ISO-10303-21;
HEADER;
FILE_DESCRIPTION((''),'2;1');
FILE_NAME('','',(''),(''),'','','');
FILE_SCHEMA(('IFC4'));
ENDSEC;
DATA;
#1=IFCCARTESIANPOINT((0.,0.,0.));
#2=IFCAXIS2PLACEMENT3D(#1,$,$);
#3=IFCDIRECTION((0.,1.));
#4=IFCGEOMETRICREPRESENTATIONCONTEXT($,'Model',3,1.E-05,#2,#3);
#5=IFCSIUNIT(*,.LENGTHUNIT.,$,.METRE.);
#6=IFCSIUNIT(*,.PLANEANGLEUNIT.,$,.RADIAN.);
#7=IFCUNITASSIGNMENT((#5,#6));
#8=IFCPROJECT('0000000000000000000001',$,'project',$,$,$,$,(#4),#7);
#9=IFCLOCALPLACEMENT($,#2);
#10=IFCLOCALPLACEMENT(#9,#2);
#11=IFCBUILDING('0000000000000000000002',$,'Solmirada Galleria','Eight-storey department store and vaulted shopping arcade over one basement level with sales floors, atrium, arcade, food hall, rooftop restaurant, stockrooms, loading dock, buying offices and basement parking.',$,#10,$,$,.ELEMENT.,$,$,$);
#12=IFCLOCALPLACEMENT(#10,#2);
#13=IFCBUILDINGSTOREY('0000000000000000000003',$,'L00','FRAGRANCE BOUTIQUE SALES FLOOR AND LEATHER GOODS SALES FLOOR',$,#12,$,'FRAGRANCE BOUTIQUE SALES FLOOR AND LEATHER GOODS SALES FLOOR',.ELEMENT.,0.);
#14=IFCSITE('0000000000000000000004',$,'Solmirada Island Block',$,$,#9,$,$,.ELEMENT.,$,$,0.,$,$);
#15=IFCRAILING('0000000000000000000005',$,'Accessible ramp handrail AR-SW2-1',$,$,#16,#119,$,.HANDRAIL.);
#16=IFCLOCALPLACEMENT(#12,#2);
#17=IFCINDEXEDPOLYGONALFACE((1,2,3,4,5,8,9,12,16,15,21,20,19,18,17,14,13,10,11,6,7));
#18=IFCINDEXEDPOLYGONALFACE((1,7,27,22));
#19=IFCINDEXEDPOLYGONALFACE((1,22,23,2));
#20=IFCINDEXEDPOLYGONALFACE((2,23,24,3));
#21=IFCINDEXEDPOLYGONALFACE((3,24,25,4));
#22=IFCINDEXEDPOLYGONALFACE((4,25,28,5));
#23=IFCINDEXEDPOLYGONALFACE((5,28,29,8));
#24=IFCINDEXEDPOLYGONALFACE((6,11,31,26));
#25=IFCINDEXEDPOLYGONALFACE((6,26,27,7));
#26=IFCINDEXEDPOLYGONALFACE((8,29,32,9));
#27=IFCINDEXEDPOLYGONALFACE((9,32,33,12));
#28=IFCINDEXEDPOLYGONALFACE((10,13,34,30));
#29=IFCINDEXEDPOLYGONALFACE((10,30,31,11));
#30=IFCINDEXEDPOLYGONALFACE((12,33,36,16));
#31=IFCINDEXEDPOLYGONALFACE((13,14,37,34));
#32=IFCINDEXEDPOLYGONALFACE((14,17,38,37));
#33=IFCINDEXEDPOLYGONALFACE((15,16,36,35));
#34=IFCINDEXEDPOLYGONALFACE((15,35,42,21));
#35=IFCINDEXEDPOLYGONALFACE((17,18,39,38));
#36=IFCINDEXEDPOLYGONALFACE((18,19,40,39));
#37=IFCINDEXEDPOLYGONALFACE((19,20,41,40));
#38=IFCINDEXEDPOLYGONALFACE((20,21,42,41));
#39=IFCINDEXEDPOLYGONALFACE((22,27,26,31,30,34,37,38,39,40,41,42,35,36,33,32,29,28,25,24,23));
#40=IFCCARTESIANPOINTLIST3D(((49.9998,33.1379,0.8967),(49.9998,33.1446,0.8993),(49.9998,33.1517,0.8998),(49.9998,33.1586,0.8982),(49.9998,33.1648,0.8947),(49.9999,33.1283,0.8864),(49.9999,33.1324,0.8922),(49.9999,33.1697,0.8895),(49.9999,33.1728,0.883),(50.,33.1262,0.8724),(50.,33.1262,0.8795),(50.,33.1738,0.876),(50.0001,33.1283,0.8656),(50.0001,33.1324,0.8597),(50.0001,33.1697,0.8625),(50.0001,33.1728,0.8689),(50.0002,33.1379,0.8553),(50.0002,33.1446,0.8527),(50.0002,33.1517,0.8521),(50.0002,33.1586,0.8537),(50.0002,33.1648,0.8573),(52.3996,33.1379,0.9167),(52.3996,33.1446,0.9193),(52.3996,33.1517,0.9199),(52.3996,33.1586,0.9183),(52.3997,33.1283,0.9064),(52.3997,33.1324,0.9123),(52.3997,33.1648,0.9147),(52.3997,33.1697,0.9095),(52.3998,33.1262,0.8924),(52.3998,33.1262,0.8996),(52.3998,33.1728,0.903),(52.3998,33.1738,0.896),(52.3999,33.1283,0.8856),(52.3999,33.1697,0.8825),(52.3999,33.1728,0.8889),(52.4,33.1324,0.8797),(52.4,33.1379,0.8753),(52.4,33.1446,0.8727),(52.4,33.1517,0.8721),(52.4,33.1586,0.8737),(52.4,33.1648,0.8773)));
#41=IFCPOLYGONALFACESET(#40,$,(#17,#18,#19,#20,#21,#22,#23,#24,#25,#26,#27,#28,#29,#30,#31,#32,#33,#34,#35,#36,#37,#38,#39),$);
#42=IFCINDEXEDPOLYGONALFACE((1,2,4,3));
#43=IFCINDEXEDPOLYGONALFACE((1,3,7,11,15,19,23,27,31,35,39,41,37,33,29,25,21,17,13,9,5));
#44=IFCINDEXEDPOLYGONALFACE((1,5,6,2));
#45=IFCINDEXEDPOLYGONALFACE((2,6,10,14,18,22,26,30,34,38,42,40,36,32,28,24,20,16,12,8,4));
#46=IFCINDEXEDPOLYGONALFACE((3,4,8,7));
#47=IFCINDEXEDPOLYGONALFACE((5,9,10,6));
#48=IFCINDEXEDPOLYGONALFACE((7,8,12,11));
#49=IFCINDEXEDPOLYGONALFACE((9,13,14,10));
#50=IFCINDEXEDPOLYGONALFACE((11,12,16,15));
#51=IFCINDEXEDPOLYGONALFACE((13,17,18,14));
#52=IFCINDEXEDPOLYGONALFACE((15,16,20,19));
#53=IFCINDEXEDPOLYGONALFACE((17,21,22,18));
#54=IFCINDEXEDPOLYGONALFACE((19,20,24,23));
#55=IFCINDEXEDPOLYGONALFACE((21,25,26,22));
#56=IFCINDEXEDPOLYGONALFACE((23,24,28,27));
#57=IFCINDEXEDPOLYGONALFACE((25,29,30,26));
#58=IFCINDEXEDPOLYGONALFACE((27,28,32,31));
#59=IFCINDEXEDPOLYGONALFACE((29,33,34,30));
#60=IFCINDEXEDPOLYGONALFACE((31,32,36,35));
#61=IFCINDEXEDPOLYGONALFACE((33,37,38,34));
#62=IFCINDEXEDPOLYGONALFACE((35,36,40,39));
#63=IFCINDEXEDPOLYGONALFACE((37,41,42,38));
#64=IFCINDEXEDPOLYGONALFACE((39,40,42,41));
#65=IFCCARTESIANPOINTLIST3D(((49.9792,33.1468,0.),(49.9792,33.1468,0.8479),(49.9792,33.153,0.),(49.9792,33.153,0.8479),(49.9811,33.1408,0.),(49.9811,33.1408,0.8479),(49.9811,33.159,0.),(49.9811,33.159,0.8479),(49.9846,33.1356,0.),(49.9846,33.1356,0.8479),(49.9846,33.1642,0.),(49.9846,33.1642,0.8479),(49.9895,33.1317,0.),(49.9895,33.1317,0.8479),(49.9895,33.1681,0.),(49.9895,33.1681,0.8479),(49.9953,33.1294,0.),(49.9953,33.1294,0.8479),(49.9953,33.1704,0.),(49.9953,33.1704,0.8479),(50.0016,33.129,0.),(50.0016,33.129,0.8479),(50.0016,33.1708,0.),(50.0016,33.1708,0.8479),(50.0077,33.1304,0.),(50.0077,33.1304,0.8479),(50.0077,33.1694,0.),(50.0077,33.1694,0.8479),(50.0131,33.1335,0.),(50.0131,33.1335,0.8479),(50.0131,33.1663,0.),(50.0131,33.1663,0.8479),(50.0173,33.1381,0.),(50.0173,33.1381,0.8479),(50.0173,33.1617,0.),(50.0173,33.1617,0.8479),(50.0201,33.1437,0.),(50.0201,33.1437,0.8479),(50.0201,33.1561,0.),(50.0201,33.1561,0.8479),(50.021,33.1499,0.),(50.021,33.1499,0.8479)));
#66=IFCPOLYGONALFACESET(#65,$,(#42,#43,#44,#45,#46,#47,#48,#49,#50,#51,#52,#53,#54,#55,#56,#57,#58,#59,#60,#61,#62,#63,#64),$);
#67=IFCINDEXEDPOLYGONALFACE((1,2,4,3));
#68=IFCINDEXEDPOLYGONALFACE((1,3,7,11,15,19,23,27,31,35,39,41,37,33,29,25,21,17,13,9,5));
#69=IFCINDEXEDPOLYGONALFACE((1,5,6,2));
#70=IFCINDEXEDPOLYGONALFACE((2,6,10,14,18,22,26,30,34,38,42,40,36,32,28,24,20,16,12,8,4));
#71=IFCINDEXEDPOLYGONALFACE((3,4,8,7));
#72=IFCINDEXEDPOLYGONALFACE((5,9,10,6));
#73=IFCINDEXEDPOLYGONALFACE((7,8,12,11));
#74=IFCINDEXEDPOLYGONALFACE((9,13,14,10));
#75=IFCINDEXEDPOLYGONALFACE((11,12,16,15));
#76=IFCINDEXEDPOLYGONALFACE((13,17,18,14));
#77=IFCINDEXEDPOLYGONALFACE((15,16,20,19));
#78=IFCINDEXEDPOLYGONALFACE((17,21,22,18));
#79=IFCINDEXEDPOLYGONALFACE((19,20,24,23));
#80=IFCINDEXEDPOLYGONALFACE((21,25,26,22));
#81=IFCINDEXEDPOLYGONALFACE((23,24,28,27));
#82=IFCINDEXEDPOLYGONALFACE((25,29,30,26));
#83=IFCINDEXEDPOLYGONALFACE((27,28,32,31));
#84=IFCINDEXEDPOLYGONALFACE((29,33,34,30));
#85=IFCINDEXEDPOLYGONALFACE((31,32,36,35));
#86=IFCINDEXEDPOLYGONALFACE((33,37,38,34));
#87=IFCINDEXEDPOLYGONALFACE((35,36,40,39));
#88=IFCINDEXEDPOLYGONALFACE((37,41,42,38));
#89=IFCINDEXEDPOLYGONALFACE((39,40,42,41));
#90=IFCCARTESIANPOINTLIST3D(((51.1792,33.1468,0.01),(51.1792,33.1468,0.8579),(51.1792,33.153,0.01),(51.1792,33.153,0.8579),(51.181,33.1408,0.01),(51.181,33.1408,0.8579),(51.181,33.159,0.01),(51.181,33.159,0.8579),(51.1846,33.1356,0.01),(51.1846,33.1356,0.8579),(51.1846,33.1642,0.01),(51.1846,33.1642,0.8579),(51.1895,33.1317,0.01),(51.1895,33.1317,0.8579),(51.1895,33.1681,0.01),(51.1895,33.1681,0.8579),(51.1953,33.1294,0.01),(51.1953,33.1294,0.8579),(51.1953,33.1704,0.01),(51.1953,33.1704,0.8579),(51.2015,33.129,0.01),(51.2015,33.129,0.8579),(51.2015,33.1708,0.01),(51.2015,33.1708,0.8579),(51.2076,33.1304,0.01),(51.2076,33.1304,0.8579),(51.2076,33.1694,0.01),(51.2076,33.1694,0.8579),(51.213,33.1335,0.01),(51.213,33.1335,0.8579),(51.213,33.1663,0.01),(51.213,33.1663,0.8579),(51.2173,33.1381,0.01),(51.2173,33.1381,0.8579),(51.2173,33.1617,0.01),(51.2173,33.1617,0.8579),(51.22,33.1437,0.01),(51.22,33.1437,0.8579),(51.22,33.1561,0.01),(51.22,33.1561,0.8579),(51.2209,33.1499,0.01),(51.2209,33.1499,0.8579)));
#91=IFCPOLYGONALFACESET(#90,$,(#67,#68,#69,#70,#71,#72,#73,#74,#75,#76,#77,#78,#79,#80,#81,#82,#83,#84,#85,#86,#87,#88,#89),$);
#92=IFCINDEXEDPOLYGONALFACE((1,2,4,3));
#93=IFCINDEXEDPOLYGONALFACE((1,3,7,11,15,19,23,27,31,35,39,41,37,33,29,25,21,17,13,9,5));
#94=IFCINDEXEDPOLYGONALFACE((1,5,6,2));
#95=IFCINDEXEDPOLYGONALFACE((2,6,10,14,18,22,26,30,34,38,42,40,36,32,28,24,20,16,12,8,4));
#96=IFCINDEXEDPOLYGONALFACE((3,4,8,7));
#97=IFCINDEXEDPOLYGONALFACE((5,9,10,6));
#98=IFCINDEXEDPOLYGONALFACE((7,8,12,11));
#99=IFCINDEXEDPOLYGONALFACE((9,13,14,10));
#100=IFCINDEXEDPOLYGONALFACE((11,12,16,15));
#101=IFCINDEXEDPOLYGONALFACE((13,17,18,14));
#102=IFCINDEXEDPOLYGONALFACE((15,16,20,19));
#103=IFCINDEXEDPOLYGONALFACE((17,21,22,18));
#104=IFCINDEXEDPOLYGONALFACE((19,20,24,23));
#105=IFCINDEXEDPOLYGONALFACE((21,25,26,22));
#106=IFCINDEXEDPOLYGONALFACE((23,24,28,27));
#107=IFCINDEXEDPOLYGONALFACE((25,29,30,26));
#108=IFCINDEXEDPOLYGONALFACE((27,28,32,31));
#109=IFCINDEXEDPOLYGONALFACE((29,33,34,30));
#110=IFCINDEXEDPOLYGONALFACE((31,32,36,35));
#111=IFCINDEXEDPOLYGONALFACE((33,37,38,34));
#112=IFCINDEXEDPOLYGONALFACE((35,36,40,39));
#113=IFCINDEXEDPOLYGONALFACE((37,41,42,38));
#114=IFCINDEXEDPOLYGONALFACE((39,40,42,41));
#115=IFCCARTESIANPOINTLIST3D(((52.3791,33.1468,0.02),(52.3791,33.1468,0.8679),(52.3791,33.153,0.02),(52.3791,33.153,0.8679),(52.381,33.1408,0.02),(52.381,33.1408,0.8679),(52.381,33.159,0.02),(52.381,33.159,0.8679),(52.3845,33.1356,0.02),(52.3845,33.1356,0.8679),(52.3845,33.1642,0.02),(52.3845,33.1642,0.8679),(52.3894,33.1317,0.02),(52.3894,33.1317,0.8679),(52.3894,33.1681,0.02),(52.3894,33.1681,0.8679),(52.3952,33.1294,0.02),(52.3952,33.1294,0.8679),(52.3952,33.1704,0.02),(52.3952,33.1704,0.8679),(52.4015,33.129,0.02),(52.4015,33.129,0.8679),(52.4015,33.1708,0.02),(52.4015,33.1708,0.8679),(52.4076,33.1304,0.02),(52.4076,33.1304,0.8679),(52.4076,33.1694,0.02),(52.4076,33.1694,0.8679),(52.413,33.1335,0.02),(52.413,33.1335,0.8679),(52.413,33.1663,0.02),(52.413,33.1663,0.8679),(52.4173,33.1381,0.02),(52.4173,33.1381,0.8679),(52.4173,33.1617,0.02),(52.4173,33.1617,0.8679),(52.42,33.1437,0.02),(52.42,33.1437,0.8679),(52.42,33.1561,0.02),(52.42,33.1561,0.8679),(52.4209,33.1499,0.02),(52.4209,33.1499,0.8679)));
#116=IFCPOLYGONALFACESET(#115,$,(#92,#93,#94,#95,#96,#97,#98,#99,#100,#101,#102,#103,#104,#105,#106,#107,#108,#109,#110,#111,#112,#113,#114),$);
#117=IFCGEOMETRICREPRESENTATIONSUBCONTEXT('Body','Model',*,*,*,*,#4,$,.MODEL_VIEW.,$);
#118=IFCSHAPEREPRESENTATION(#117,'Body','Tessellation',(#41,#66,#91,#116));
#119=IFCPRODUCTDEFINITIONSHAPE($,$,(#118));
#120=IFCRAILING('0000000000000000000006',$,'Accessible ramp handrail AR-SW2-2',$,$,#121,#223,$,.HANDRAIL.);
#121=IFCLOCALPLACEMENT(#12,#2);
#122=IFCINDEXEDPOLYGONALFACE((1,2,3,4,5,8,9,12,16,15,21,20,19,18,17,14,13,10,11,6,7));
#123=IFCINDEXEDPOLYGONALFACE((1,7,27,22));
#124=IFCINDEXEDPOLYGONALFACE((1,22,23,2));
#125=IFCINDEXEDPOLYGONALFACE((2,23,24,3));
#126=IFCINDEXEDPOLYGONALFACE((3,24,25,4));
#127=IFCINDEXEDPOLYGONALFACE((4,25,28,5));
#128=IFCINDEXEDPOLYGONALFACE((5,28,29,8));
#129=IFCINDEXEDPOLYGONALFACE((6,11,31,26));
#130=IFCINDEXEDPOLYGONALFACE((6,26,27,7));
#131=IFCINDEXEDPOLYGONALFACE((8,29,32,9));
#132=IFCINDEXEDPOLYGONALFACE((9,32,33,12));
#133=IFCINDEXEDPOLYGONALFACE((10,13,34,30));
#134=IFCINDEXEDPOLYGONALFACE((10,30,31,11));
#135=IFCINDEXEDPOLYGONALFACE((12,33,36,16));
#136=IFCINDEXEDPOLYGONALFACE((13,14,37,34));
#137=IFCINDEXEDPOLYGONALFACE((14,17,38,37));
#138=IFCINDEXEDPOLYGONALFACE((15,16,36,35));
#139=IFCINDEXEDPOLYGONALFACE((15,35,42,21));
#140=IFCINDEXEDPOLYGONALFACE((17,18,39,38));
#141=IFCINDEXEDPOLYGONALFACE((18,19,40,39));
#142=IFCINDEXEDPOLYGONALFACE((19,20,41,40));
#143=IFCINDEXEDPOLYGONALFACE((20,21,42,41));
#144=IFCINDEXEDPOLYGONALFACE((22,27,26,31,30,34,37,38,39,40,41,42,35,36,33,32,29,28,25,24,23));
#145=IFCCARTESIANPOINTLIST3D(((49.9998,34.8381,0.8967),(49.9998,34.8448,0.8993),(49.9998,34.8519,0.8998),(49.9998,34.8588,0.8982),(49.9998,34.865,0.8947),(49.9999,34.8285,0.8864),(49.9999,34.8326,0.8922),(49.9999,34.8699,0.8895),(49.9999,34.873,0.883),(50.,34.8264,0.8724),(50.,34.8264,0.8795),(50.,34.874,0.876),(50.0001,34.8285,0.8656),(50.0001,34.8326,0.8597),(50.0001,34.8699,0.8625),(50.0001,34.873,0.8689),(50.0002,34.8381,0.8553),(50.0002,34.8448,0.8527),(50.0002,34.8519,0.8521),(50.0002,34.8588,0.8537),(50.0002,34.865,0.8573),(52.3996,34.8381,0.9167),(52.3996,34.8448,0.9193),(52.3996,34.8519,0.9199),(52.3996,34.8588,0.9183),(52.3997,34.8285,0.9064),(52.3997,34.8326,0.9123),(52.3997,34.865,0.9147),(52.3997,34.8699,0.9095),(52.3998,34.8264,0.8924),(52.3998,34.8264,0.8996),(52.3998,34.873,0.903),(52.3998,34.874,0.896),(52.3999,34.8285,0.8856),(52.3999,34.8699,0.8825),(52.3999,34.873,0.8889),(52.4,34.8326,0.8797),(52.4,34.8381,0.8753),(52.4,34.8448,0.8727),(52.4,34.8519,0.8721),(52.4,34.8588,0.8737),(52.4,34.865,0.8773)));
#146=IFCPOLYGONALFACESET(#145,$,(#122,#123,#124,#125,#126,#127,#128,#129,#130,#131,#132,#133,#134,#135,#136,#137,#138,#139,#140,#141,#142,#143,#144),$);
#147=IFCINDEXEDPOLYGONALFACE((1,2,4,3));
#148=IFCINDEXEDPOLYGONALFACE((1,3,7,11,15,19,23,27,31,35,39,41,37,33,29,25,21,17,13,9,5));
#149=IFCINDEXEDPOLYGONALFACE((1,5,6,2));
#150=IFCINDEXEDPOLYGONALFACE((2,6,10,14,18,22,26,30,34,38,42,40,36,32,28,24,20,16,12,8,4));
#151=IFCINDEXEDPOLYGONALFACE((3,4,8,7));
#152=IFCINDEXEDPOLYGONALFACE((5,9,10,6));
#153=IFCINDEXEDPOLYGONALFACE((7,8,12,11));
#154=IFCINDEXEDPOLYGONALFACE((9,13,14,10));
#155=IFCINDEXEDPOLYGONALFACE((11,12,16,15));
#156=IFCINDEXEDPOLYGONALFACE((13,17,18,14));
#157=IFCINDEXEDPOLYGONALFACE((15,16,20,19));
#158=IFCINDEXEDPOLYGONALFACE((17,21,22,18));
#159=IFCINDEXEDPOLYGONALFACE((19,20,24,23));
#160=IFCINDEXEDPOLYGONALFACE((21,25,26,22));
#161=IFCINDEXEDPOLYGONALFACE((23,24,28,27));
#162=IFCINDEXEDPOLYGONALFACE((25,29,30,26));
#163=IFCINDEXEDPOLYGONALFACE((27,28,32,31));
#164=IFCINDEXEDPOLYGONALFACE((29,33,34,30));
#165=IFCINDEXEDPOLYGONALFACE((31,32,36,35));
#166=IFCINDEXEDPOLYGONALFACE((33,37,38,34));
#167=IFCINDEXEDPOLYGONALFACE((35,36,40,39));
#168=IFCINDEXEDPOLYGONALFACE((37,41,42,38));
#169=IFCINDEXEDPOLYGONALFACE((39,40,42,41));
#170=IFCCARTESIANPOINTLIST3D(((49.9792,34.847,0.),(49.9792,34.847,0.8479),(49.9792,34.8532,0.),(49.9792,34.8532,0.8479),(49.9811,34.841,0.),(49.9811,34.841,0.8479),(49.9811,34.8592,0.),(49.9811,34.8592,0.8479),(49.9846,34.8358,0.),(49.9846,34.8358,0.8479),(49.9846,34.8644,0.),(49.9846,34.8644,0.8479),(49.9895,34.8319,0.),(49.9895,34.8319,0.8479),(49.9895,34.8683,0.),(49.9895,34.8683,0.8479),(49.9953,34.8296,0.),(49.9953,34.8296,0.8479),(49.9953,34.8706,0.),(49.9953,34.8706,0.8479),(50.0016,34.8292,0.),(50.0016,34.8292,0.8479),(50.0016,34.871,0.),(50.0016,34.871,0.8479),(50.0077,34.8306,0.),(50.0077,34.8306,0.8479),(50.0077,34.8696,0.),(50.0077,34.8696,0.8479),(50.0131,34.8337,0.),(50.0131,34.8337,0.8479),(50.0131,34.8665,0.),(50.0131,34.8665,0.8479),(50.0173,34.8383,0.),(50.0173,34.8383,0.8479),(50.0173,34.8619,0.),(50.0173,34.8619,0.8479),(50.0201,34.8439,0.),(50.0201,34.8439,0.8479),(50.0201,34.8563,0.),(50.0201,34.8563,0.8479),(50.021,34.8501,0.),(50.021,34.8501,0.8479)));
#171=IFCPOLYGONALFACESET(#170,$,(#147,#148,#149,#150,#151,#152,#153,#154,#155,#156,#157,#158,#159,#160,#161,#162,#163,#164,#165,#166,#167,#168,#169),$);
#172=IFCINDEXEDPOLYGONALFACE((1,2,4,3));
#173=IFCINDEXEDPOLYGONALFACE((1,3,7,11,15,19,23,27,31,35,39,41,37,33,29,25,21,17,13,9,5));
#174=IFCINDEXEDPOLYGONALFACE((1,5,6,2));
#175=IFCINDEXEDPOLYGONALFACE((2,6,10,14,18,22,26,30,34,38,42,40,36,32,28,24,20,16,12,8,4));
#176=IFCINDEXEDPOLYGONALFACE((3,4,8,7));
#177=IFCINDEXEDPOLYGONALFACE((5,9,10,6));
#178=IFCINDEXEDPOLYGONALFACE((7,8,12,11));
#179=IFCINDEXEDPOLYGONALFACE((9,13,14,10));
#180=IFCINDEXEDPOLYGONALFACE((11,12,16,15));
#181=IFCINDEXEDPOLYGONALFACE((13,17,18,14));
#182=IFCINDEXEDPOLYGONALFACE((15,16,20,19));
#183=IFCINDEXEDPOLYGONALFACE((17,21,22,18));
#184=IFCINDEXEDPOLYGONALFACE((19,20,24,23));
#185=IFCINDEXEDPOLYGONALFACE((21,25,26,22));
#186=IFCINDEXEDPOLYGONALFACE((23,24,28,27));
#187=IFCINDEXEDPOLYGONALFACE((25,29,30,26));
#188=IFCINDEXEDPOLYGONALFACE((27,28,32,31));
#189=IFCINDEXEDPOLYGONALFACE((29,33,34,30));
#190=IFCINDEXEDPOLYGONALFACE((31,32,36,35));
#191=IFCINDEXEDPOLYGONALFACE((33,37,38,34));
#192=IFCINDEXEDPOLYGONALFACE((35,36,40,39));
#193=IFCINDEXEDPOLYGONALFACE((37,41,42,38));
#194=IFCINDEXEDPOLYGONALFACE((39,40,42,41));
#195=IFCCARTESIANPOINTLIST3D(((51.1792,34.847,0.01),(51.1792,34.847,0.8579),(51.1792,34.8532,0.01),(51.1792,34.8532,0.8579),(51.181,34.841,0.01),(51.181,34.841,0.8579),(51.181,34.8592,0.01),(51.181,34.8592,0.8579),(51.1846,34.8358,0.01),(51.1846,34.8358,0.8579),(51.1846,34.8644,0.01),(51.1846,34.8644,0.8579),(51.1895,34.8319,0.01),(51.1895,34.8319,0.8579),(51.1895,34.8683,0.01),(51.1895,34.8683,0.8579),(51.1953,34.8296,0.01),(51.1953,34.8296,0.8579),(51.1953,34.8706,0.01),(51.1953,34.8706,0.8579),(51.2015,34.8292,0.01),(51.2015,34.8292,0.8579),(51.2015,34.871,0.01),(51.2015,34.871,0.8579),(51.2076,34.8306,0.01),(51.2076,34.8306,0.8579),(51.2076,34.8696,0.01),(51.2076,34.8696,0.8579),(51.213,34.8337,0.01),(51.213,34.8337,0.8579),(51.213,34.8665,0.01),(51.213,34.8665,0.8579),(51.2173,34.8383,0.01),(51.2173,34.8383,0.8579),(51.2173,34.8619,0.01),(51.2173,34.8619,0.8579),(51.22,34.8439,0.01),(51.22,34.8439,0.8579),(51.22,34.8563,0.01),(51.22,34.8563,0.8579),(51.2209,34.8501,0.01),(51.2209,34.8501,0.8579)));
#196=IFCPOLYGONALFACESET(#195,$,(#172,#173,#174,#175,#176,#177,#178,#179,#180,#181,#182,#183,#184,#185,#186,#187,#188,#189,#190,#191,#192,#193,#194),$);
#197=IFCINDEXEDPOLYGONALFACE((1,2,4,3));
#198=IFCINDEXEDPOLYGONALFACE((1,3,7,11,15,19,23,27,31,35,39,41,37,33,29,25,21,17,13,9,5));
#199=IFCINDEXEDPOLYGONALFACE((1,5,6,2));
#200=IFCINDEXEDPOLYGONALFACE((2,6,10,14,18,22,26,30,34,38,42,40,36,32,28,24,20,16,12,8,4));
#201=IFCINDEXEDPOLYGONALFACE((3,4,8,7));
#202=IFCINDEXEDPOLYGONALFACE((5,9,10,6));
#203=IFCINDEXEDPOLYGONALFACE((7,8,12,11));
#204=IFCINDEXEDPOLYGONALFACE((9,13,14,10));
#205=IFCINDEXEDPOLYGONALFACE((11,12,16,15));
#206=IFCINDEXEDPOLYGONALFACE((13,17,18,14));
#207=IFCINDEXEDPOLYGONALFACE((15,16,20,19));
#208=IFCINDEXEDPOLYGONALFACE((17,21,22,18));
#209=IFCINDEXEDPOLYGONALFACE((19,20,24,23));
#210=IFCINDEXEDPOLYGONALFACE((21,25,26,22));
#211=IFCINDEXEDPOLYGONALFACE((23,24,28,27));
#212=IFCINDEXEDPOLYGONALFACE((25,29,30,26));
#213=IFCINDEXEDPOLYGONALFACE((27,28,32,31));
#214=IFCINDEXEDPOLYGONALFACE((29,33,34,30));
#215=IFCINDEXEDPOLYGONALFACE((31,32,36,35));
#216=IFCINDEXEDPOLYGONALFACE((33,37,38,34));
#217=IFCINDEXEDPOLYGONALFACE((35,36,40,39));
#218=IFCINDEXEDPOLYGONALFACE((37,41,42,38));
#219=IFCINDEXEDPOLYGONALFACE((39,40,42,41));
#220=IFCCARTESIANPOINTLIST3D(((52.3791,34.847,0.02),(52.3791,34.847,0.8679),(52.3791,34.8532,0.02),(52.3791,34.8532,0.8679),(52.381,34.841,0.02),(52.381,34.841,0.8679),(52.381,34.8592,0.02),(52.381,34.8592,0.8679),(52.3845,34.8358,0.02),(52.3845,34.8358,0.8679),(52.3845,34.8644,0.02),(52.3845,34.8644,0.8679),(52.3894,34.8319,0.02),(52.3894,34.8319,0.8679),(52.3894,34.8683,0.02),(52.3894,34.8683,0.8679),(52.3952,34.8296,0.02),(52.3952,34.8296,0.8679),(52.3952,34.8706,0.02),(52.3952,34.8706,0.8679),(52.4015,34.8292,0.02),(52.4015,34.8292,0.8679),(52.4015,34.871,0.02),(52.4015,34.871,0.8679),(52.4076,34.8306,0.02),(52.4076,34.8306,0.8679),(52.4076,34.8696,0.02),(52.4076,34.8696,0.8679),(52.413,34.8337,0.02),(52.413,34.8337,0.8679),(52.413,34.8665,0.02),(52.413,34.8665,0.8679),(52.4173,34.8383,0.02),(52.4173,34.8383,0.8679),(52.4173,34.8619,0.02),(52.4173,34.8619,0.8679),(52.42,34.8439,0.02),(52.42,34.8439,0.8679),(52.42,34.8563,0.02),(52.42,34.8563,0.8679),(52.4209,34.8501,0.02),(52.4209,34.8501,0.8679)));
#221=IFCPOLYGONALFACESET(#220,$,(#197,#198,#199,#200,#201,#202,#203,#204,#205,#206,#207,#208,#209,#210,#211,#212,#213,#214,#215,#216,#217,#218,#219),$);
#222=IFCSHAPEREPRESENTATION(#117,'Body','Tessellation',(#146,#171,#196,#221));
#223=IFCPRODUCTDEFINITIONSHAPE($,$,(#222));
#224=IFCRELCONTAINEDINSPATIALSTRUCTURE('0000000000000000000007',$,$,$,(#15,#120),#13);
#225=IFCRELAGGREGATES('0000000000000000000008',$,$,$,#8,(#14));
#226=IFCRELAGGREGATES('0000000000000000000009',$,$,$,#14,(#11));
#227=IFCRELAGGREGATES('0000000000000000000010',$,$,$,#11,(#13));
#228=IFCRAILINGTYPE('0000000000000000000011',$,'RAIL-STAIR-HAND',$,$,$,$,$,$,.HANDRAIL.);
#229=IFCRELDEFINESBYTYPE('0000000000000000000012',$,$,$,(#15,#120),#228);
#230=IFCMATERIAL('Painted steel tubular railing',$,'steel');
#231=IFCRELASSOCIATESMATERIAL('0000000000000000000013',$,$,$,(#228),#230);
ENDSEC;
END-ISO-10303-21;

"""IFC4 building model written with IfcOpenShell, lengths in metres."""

from ifc_helpers import new_model, si_unit, direction, frame, origin, origin_2d, place, context, subcontext, project, spatial, circle, extrude, material, type_object, element, save


model = new_model("IFC4")

# Units and contexts
model_context = context("Model", 3, precision=1e-05, world=origin(), true_north=direction((0.0, 1.0)))
body_context = subcontext(model_context, "Body", "Model", "MODEL_VIEW")
ifc_project = project(units=[si_unit("LENGTHUNIT", "METRE"), si_unit("PLANEANGLEUNIT", "RADIAN")], contexts=[model_context])

# Site, building, storey
site_placement = place(None, origin())
site = spatial("IfcSite", under=ifc_project, at=site_placement, Name="Solmirada Island Block", CompositionType="ELEMENT", RefElevation=0.0)
building_placement = place(site_placement, origin())
building = spatial("IfcBuilding", under=site, at=building_placement, Name="Solmirada Galleria", Description="Eight-storey department store and vaulted shopping arcade over one basement level with sales floors, atrium, arcade, food hall, rooftop restaurant, stockrooms, loading dock, buying offices and basement parking.", CompositionType="ELEMENT")
storey_placement = place(building_placement, origin())
storey = spatial("IfcBuildingStorey", under=building, at=storey_placement, Name="L00", Description="FRAGRANCE BOUTIQUE SALES FLOOR AND LEATHER GOODS SALES FLOOR", LongName="FRAGRANCE BOUTIQUE SALES FLOOR AND LEATHER GOODS SALES FLOOR", CompositionType="ELEMENT", Elevation=0.0)

# Railings
ifc_material_1 = material(Name="Painted steel tubular railing", Category="steel")
railing_type = type_object("IfcRailingType", Name="RAIL-STAIR-HAND", PredefinedType="HANDRAIL", material=ifc_material_1)
for number, where, name in (
    (1, (50.0, 33.1499, 0.0), "Accessible ramp handrail AR-SW2-1"),
    (2, (50.0, 34.8501, 0.0), "Accessible ramp handrail AR-SW2-2"),
):
    element("IfcRailing", number, at=place(storey_placement, frame(where)), inside=storey, type_object=railing_type, Name=name, PredefinedType="HANDRAIL", context=body_context, shape_type="SweptSolid", body=[
        extrude(circle(Radius=0.0239, at=origin_2d()), frame((0.0, 0.0, 0.876), z_axis=(0.999965, 0.0, 0.008342), x_axis=(0.0, 1.0, 0.0)), (0.0, 0.0, 1.0), 2.3999),
        extrude(circle(Radius=0.021, at=origin_2d()), origin(), (0.0, 0.0, 1.0), 0.8479),
        extrude(circle(Radius=0.021, at=origin_2d()), frame((1.2, 0.0, 0.01)), (0.0, 0.0, 1.0), 0.8479),
        extrude(circle(Radius=0.021, at=origin_2d()), frame((2.3999, 0.0, 0.02)), (0.0, 0.0, 1.0), 0.8479),
    ])

save(model, "model.ifc")
